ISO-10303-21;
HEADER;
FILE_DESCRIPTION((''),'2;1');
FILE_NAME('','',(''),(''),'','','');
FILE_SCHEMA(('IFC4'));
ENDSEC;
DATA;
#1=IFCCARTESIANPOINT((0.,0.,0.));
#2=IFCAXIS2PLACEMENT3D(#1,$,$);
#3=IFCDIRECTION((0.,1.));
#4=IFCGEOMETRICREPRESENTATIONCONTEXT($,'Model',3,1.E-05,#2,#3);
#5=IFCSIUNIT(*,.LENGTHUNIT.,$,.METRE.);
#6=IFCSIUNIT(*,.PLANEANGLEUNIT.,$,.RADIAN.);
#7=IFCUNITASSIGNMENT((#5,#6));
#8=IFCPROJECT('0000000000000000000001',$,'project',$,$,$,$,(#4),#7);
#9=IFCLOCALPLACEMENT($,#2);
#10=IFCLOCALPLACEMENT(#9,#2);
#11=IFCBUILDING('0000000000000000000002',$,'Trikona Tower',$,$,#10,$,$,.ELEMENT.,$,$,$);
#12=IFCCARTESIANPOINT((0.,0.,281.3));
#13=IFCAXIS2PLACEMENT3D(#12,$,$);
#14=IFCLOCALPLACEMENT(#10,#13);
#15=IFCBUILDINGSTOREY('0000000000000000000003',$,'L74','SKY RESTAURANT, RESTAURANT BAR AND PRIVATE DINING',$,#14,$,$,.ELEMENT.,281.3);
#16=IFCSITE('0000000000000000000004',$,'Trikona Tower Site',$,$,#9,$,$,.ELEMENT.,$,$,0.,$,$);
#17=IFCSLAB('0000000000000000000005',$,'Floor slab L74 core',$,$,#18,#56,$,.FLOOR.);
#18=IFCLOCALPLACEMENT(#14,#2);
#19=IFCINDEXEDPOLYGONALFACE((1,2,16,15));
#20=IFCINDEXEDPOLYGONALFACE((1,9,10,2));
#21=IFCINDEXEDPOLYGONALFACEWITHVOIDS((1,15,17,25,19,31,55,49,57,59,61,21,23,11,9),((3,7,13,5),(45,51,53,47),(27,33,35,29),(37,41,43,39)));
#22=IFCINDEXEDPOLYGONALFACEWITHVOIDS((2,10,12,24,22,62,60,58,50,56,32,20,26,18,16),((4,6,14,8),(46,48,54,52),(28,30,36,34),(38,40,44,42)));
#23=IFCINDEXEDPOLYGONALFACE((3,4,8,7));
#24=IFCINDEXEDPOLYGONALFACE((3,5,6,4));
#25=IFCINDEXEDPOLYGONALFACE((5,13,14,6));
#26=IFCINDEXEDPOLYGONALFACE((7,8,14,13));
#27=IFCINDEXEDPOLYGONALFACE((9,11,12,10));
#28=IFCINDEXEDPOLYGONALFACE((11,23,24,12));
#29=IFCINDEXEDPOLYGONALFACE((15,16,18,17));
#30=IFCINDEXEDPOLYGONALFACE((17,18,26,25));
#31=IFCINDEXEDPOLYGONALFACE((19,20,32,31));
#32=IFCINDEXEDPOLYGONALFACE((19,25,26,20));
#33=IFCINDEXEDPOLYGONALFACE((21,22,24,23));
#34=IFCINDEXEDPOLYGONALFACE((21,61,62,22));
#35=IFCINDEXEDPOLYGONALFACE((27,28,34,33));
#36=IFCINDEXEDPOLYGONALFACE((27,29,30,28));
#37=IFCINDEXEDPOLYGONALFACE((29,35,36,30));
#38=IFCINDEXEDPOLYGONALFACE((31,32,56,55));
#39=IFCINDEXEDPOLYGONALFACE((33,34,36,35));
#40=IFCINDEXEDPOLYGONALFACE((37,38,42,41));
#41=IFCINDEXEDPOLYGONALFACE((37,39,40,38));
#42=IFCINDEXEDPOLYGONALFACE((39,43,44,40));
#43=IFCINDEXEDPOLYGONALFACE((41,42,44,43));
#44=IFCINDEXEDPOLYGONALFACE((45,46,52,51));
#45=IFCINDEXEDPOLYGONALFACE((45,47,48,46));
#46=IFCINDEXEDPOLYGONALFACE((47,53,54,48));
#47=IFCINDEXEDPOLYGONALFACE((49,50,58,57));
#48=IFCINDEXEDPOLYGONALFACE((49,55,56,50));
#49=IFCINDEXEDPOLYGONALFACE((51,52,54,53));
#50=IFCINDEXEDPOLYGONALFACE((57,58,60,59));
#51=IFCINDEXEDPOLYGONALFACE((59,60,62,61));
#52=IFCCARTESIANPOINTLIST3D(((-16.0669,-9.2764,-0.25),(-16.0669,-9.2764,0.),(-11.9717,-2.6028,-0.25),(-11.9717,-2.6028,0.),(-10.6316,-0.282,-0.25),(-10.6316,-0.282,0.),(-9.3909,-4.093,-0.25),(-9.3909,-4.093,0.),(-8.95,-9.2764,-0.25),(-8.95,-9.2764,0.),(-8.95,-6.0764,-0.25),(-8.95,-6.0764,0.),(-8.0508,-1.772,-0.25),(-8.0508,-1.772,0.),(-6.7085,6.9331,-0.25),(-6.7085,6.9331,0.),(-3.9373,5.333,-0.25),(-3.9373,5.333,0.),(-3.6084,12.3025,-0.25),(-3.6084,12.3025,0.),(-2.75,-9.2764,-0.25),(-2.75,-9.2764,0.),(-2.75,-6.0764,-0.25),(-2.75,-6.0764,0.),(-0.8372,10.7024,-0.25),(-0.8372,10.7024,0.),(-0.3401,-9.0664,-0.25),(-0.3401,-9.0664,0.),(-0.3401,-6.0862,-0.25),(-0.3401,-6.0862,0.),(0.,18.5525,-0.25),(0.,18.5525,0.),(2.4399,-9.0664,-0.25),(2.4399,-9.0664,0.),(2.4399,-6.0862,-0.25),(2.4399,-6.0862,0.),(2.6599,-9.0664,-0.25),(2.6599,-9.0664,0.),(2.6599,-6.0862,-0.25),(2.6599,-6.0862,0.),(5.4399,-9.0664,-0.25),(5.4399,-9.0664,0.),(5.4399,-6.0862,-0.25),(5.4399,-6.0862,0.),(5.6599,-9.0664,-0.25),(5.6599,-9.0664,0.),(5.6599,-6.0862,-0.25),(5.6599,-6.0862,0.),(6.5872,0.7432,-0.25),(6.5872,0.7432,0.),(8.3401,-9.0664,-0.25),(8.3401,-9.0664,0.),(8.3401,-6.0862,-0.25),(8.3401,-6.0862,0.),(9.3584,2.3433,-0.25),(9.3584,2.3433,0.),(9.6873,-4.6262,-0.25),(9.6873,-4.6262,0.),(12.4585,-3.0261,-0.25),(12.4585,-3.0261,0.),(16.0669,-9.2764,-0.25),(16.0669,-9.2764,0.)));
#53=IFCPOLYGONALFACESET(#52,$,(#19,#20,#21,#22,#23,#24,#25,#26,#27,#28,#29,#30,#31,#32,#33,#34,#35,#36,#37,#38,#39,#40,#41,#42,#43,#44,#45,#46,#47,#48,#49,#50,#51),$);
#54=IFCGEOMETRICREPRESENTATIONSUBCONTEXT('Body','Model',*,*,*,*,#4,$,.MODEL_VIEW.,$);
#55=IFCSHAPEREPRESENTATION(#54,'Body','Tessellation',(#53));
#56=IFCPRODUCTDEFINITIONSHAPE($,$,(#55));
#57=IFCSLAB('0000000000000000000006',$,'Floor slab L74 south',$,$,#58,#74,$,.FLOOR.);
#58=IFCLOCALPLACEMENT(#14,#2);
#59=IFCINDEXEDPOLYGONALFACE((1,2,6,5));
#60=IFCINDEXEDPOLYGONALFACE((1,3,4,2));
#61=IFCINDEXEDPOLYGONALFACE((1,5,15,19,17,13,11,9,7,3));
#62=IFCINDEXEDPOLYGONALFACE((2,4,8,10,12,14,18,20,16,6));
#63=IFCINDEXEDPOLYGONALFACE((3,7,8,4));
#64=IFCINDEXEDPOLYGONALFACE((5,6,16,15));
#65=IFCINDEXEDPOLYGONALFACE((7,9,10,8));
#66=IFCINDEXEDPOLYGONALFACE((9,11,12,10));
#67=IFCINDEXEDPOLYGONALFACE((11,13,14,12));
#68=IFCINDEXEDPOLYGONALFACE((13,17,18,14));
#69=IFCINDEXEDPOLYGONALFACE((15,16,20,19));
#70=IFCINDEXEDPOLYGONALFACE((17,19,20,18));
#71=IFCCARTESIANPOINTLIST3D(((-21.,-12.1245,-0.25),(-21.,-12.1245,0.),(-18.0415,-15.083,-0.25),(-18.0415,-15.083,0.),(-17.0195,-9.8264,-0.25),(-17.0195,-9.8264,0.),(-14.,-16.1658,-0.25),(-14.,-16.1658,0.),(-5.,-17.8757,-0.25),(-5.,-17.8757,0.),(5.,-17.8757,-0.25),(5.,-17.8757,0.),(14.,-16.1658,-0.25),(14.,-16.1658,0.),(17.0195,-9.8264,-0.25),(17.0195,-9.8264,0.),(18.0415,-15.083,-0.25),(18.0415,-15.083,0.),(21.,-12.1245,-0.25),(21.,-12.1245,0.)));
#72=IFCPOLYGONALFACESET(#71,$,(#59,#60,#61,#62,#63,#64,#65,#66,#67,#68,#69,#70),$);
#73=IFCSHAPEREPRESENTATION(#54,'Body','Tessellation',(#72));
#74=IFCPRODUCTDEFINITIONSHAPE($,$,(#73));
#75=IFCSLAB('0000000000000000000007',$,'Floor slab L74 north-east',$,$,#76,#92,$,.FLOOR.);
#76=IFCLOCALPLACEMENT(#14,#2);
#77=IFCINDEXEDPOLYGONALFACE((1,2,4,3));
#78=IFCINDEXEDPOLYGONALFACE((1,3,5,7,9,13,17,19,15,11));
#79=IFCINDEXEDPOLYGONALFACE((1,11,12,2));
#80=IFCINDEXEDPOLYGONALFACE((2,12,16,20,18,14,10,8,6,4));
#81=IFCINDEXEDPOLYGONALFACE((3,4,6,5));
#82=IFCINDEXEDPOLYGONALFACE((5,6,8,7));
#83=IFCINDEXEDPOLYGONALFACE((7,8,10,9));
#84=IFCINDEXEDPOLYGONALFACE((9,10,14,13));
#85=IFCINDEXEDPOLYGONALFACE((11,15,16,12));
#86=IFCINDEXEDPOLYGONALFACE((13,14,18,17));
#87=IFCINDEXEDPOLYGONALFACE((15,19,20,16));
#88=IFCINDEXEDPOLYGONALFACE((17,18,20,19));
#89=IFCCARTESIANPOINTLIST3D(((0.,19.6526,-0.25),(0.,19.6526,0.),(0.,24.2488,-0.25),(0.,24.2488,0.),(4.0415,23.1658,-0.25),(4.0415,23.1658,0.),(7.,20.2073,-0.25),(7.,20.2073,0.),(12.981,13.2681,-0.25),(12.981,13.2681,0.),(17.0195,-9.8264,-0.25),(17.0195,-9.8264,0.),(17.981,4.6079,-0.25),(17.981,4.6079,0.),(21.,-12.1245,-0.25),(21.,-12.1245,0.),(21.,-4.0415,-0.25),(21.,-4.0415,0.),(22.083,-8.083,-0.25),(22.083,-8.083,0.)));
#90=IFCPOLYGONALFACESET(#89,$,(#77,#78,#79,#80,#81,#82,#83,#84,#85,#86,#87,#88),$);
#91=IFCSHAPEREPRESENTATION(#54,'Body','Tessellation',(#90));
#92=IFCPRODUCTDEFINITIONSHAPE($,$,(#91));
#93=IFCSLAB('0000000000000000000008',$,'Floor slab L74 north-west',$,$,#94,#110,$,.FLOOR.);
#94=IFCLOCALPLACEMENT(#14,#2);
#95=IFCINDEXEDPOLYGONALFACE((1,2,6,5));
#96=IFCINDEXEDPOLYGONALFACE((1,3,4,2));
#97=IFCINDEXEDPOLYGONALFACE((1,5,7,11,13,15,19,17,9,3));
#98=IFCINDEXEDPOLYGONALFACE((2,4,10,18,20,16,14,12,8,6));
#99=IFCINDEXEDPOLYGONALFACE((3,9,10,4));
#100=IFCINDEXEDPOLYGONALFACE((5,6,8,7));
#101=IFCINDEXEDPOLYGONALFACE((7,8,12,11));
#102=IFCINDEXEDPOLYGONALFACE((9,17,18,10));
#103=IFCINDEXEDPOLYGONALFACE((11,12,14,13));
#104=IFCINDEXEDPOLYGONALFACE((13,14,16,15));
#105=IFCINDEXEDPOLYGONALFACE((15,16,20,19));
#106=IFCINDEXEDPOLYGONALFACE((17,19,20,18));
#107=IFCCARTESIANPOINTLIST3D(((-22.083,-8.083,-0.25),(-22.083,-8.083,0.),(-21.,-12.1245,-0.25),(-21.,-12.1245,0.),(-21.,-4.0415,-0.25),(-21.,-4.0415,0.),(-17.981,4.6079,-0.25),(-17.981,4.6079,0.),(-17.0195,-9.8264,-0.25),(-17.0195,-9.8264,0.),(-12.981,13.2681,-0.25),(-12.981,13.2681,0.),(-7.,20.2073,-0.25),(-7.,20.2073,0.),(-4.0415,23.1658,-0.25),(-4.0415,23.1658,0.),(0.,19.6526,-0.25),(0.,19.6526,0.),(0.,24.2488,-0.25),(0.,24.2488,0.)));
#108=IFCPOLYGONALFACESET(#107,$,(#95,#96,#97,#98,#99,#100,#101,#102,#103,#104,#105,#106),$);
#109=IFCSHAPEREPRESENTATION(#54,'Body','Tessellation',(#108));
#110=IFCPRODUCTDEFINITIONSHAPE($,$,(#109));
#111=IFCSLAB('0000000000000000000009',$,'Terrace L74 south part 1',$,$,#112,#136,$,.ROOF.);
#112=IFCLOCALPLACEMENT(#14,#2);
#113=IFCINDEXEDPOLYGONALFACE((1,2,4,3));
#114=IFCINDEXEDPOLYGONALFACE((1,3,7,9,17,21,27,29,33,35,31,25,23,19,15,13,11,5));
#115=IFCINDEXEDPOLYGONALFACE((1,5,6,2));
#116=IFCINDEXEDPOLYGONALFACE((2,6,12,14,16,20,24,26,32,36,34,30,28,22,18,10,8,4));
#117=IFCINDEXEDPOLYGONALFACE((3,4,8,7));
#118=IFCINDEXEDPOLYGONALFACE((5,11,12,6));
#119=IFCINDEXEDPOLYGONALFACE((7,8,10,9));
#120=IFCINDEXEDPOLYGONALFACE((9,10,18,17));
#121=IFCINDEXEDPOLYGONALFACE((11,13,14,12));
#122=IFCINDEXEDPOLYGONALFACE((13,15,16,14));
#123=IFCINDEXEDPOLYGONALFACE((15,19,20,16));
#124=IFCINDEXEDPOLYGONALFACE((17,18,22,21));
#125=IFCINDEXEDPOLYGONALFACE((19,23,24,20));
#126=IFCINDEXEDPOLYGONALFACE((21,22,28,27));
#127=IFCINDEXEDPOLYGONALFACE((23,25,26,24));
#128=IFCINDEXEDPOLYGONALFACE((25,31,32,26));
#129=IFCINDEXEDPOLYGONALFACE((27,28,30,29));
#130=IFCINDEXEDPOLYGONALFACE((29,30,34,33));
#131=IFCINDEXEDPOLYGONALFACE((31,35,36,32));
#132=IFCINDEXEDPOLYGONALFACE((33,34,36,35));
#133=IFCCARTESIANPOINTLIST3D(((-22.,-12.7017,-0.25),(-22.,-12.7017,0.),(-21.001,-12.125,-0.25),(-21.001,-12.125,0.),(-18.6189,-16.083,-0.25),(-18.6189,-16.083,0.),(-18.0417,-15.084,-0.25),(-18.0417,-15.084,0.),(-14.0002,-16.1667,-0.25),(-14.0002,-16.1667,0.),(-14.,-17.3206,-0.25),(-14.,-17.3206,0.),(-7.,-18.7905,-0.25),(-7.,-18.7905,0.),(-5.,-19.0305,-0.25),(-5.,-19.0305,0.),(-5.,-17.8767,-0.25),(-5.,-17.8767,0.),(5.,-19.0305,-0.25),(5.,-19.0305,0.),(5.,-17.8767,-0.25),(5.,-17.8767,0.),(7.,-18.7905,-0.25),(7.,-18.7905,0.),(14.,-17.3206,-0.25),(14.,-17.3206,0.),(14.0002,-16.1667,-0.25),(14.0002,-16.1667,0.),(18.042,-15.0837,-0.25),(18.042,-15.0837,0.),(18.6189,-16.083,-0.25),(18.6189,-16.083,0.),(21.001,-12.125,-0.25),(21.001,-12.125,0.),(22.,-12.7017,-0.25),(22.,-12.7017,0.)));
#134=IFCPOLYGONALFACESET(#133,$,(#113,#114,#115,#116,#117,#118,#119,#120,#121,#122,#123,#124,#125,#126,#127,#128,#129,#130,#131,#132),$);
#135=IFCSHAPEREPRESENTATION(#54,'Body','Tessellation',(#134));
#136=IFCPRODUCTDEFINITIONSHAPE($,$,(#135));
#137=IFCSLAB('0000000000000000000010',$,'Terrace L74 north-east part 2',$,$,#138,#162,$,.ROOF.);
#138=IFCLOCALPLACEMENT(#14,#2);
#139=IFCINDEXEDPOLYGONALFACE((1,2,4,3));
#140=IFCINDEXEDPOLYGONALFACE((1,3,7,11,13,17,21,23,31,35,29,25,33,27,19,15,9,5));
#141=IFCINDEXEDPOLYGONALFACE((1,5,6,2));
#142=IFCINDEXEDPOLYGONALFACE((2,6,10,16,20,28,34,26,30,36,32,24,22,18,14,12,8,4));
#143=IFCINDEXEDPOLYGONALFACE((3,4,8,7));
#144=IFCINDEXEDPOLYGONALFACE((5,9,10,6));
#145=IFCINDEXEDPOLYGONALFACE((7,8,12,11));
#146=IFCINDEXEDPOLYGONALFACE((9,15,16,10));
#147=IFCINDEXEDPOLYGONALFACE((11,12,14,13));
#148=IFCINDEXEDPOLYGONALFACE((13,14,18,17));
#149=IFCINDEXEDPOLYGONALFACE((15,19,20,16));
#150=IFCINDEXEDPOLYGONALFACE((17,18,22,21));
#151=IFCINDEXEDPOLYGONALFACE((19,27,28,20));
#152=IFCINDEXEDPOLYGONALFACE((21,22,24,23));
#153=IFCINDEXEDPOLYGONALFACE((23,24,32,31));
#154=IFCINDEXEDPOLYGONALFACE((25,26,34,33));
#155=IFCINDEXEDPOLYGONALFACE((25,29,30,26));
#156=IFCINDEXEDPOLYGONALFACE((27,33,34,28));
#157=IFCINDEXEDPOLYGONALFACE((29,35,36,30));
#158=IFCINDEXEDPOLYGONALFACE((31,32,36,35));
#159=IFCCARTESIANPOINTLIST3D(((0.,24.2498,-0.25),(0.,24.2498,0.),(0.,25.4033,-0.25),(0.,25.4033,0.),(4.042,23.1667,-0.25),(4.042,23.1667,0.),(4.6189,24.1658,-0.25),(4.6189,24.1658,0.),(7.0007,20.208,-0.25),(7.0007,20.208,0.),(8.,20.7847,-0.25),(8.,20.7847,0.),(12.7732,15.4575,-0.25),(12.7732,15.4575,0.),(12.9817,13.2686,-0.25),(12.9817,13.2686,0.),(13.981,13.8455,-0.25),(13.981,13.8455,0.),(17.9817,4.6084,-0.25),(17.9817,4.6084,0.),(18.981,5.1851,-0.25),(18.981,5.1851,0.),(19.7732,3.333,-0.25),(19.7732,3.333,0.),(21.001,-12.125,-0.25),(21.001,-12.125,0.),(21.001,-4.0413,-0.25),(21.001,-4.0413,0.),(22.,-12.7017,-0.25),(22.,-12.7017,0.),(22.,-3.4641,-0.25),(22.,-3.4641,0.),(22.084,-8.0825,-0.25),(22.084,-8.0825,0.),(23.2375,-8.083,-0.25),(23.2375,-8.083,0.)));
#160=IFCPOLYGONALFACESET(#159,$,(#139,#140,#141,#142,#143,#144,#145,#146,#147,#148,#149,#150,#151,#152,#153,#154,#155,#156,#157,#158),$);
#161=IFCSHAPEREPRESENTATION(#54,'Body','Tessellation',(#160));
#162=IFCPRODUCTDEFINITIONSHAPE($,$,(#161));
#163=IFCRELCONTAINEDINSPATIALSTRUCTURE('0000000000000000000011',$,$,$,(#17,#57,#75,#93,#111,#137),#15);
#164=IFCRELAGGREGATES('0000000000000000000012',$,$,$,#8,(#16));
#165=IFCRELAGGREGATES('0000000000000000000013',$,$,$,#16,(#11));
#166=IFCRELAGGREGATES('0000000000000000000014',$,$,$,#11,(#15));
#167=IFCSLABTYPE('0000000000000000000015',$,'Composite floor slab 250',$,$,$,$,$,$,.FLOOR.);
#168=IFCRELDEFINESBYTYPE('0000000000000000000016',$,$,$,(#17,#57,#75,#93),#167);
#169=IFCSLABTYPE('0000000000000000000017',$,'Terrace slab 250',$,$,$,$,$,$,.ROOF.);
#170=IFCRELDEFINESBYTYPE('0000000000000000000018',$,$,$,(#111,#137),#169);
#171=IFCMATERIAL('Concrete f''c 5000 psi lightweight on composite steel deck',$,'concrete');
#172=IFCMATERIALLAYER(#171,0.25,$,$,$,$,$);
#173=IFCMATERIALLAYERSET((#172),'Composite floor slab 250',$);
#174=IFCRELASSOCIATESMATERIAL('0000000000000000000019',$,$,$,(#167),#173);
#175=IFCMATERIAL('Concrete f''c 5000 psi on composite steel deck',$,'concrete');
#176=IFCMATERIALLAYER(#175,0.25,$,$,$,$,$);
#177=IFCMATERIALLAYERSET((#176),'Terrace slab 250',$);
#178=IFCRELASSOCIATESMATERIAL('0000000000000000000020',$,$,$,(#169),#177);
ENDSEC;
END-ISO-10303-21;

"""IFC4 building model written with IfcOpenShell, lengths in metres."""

from ifc_helpers import new_model, si_unit, direction, frame, origin, place, context, subcontext, project, spatial, polyline, outline, extrude, material, layer, layer_set, type_object, element, save


model = new_model("IFC4")

# Units and contexts
model_context = context("Model", 3, precision=1e-05, world=origin(), true_north=direction((0.0, 1.0)))
body_context = subcontext(model_context, "Body", "Model", "MODEL_VIEW")
ifc_project = project(units=[si_unit("LENGTHUNIT", "METRE"), si_unit("PLANEANGLEUNIT", "RADIAN")], contexts=[model_context])

# Site, building, storey
site_placement = place(None, origin())
site = spatial("IfcSite", under=ifc_project, at=site_placement, Name="Trikona Tower Site", CompositionType="ELEMENT", RefElevation=0.0)
building_placement = place(site_placement, origin())
building = spatial("IfcBuilding", under=site, at=building_placement, Name="Trikona Tower", CompositionType="ELEMENT")
storey_placement = place(building_placement, frame((0.0, 0.0, 281.3)))
storey = spatial("IfcBuildingStorey", under=building, at=storey_placement, Name="L74", Description="SKY RESTAURANT, RESTAURANT BAR AND PRIVATE DINING", CompositionType="ELEMENT", Elevation=281.3)

# Slabs
ifc_material_1 = material(Name="Concrete f'c 5000 psi lightweight on composite steel deck", Category="concrete")
ifc_layer_1 = layer(ifc_material_1, 0.25)
ifc_layer_set_1 = layer_set([ifc_layer_1], Name="Composite floor slab 250")
slab_type_1 = type_object("IfcSlabType", Name="Composite floor slab 250", PredefinedType="FLOOR", material=ifc_layer_set_1)
slab_1_placement = place(storey_placement, frame((0.0, 0.0, -0.25)))
element("IfcSlab", 1, at=slab_1_placement, inside=storey, type_object=slab_type_1, Name="Floor slab L74 core", PredefinedType="FLOOR", context=body_context, shape_type="SweptSolid", body=[
    extrude(outline(polyline([(-16.0669, -9.2764), (-8.95, -9.2764), (-8.95, -6.0764), (-2.75, -6.0764), (-2.75, -9.2764), (16.0669, -9.2764), (12.4585, -3.0261), (9.6873, -4.6262), (6.5872, 0.7432), (9.3584, 2.3433), (0.0, 18.5525), (-3.6084, 12.3025), (-0.8372, 10.7024), (-3.9373, 5.333), (-6.7085, 6.9331), (-16.0669, -9.2764)]), holes=[polyline([(5.6599, -9.0664), (8.3401, -9.0664), (8.3401, -6.0862), (5.6599, -6.0862), (5.6599, -9.0664)]), polyline([(5.4399, -9.0664), (5.4399, -6.0862), (2.6599, -6.0862), (2.6599, -9.0664), (5.4399, -9.0664)]), polyline([(2.4399, -6.0862), (-0.3401, -6.0862), (-0.3401, -9.0664), (2.4399, -9.0664), (2.4399, -6.0862)]), polyline([(-11.9717, -2.6028), (-9.3909, -4.093), (-8.0508, -1.772), (-10.6316, -0.282), (-11.9717, -2.6028)])]), origin(), (0.0, 0.0, 1.0), 0.25),
])
slab_2_placement = place(storey_placement, frame((0.0, 0.0, -0.25)))
element("IfcSlab", 2, at=slab_2_placement, inside=storey, type_object=slab_type_1, Name="Floor slab L74 south", PredefinedType="FLOOR", context=body_context, shape_type="SweptSolid", body=[
    extrude(outline(polyline([(21.0, -12.1245), (17.0195, -9.8264), (-17.0195, -9.8264), (-21.0, -12.1245), (-18.0415, -15.083), (-14.0, -16.1658), (-5.0, -17.8757), (5.0, -17.8757), (14.0, -16.1658), (18.0415, -15.083), (21.0, -12.1245)])), origin(), (0.0, 0.0, 1.0), 0.25),
])
slab_3_placement = place(storey_placement, frame((0.0, 0.0, -0.25)))
element("IfcSlab", 3, at=slab_3_placement, inside=storey, type_object=slab_type_1, Name="Floor slab L74 north-east", PredefinedType="FLOOR", context=body_context, shape_type="SweptSolid", body=[
    extrude(outline(polyline([(4.0415, 23.1658), (0.0, 24.2488), (0.0, 19.6526), (17.0195, -9.8264), (21.0, -12.1245), (22.083, -8.083), (21.0, -4.0415), (17.981, 4.6079), (12.981, 13.2681), (7.0, 20.2073), (4.0415, 23.1658)])), origin(), (0.0, 0.0, 1.0), 0.25),
])
slab_4_placement = place(storey_placement, frame((0.0, 0.0, -0.25)))
element("IfcSlab", 4, at=slab_4_placement, inside=storey, type_object=slab_type_1, Name="Floor slab L74 north-west", PredefinedType="FLOOR", context=body_context, shape_type="SweptSolid", body=[
    extrude(outline(polyline([(0.0, 19.6526), (0.0, 24.2488), (-4.0415, 23.1658), (-7.0, 20.2073), (-12.981, 13.2681), (-17.981, 4.6079), (-21.0, -4.0415), (-22.083, -8.083), (-21.0, -12.1245), (-17.0195, -9.8264), (0.0, 19.6526)])), origin(), (0.0, 0.0, 1.0), 0.25),
])
ifc_material_2 = material(Name="Concrete f'c 5000 psi on composite steel deck", Category="concrete")
ifc_layer_2 = layer(ifc_material_2, 0.25)
ifc_layer_set_2 = layer_set([ifc_layer_2], Name="Terrace slab 250")
slab_type_2 = type_object("IfcSlabType", Name="Terrace slab 250", PredefinedType="ROOF", material=ifc_layer_set_2)
slab_5_placement = place(storey_placement, frame((0.0, 0.0, -0.25)))
element("IfcSlab", 5, at=slab_5_placement, inside=storey, type_object=slab_type_2, Name="Terrace L74 south part 1", PredefinedType="ROOF", context=body_context, shape_type="SweptSolid", body=[
    extrude(outline(polyline([(-22.0, -12.7017), (-18.6189, -16.083), (-14.0, -17.3206), (-7.0, -18.7905), (-5.0, -19.0305), (5.0, -19.0305), (7.0, -18.7905), (14.0, -17.3206), (18.6189, -16.083), (22.0, -12.7017), (21.001, -12.125), (18.042, -15.0837), (14.0002, -16.1667), (5.0, -17.8767), (-5.0, -17.8767), (-14.0002, -16.1667), (-18.0417, -15.084), (-21.001, -12.125), (-22.0, -12.7017)])), origin(), (0.0, 0.0, 1.0), 0.25),
])
slab_6_placement = place(storey_placement, frame((0.0, 0.0, -0.25)))
element("IfcSlab", 6, at=slab_6_placement, inside=storey, type_object=slab_type_2, Name="Terrace L74 north-east part 2", PredefinedType="ROOF", context=body_context, shape_type="SweptSolid", body=[
    extrude(outline(polyline([(4.6189, 24.1658), (0.0, 25.4033), (0.0, 24.2498), (4.042, 23.1667), (7.0007, 20.208), (12.9817, 13.2686), (17.9817, 4.6084), (21.001, -4.0413), (22.084, -8.0825), (21.001, -12.125), (22.0, -12.7017), (23.2375, -8.083), (22.0, -3.4641), (19.7732, 3.333), (18.981, 5.1851), (13.981, 13.8455), (12.7732, 15.4575), (8.0, 20.7847), (4.6189, 24.1658)])), origin(), (0.0, 0.0, 1.0), 0.25),
])

save(model, "model.ifc")
